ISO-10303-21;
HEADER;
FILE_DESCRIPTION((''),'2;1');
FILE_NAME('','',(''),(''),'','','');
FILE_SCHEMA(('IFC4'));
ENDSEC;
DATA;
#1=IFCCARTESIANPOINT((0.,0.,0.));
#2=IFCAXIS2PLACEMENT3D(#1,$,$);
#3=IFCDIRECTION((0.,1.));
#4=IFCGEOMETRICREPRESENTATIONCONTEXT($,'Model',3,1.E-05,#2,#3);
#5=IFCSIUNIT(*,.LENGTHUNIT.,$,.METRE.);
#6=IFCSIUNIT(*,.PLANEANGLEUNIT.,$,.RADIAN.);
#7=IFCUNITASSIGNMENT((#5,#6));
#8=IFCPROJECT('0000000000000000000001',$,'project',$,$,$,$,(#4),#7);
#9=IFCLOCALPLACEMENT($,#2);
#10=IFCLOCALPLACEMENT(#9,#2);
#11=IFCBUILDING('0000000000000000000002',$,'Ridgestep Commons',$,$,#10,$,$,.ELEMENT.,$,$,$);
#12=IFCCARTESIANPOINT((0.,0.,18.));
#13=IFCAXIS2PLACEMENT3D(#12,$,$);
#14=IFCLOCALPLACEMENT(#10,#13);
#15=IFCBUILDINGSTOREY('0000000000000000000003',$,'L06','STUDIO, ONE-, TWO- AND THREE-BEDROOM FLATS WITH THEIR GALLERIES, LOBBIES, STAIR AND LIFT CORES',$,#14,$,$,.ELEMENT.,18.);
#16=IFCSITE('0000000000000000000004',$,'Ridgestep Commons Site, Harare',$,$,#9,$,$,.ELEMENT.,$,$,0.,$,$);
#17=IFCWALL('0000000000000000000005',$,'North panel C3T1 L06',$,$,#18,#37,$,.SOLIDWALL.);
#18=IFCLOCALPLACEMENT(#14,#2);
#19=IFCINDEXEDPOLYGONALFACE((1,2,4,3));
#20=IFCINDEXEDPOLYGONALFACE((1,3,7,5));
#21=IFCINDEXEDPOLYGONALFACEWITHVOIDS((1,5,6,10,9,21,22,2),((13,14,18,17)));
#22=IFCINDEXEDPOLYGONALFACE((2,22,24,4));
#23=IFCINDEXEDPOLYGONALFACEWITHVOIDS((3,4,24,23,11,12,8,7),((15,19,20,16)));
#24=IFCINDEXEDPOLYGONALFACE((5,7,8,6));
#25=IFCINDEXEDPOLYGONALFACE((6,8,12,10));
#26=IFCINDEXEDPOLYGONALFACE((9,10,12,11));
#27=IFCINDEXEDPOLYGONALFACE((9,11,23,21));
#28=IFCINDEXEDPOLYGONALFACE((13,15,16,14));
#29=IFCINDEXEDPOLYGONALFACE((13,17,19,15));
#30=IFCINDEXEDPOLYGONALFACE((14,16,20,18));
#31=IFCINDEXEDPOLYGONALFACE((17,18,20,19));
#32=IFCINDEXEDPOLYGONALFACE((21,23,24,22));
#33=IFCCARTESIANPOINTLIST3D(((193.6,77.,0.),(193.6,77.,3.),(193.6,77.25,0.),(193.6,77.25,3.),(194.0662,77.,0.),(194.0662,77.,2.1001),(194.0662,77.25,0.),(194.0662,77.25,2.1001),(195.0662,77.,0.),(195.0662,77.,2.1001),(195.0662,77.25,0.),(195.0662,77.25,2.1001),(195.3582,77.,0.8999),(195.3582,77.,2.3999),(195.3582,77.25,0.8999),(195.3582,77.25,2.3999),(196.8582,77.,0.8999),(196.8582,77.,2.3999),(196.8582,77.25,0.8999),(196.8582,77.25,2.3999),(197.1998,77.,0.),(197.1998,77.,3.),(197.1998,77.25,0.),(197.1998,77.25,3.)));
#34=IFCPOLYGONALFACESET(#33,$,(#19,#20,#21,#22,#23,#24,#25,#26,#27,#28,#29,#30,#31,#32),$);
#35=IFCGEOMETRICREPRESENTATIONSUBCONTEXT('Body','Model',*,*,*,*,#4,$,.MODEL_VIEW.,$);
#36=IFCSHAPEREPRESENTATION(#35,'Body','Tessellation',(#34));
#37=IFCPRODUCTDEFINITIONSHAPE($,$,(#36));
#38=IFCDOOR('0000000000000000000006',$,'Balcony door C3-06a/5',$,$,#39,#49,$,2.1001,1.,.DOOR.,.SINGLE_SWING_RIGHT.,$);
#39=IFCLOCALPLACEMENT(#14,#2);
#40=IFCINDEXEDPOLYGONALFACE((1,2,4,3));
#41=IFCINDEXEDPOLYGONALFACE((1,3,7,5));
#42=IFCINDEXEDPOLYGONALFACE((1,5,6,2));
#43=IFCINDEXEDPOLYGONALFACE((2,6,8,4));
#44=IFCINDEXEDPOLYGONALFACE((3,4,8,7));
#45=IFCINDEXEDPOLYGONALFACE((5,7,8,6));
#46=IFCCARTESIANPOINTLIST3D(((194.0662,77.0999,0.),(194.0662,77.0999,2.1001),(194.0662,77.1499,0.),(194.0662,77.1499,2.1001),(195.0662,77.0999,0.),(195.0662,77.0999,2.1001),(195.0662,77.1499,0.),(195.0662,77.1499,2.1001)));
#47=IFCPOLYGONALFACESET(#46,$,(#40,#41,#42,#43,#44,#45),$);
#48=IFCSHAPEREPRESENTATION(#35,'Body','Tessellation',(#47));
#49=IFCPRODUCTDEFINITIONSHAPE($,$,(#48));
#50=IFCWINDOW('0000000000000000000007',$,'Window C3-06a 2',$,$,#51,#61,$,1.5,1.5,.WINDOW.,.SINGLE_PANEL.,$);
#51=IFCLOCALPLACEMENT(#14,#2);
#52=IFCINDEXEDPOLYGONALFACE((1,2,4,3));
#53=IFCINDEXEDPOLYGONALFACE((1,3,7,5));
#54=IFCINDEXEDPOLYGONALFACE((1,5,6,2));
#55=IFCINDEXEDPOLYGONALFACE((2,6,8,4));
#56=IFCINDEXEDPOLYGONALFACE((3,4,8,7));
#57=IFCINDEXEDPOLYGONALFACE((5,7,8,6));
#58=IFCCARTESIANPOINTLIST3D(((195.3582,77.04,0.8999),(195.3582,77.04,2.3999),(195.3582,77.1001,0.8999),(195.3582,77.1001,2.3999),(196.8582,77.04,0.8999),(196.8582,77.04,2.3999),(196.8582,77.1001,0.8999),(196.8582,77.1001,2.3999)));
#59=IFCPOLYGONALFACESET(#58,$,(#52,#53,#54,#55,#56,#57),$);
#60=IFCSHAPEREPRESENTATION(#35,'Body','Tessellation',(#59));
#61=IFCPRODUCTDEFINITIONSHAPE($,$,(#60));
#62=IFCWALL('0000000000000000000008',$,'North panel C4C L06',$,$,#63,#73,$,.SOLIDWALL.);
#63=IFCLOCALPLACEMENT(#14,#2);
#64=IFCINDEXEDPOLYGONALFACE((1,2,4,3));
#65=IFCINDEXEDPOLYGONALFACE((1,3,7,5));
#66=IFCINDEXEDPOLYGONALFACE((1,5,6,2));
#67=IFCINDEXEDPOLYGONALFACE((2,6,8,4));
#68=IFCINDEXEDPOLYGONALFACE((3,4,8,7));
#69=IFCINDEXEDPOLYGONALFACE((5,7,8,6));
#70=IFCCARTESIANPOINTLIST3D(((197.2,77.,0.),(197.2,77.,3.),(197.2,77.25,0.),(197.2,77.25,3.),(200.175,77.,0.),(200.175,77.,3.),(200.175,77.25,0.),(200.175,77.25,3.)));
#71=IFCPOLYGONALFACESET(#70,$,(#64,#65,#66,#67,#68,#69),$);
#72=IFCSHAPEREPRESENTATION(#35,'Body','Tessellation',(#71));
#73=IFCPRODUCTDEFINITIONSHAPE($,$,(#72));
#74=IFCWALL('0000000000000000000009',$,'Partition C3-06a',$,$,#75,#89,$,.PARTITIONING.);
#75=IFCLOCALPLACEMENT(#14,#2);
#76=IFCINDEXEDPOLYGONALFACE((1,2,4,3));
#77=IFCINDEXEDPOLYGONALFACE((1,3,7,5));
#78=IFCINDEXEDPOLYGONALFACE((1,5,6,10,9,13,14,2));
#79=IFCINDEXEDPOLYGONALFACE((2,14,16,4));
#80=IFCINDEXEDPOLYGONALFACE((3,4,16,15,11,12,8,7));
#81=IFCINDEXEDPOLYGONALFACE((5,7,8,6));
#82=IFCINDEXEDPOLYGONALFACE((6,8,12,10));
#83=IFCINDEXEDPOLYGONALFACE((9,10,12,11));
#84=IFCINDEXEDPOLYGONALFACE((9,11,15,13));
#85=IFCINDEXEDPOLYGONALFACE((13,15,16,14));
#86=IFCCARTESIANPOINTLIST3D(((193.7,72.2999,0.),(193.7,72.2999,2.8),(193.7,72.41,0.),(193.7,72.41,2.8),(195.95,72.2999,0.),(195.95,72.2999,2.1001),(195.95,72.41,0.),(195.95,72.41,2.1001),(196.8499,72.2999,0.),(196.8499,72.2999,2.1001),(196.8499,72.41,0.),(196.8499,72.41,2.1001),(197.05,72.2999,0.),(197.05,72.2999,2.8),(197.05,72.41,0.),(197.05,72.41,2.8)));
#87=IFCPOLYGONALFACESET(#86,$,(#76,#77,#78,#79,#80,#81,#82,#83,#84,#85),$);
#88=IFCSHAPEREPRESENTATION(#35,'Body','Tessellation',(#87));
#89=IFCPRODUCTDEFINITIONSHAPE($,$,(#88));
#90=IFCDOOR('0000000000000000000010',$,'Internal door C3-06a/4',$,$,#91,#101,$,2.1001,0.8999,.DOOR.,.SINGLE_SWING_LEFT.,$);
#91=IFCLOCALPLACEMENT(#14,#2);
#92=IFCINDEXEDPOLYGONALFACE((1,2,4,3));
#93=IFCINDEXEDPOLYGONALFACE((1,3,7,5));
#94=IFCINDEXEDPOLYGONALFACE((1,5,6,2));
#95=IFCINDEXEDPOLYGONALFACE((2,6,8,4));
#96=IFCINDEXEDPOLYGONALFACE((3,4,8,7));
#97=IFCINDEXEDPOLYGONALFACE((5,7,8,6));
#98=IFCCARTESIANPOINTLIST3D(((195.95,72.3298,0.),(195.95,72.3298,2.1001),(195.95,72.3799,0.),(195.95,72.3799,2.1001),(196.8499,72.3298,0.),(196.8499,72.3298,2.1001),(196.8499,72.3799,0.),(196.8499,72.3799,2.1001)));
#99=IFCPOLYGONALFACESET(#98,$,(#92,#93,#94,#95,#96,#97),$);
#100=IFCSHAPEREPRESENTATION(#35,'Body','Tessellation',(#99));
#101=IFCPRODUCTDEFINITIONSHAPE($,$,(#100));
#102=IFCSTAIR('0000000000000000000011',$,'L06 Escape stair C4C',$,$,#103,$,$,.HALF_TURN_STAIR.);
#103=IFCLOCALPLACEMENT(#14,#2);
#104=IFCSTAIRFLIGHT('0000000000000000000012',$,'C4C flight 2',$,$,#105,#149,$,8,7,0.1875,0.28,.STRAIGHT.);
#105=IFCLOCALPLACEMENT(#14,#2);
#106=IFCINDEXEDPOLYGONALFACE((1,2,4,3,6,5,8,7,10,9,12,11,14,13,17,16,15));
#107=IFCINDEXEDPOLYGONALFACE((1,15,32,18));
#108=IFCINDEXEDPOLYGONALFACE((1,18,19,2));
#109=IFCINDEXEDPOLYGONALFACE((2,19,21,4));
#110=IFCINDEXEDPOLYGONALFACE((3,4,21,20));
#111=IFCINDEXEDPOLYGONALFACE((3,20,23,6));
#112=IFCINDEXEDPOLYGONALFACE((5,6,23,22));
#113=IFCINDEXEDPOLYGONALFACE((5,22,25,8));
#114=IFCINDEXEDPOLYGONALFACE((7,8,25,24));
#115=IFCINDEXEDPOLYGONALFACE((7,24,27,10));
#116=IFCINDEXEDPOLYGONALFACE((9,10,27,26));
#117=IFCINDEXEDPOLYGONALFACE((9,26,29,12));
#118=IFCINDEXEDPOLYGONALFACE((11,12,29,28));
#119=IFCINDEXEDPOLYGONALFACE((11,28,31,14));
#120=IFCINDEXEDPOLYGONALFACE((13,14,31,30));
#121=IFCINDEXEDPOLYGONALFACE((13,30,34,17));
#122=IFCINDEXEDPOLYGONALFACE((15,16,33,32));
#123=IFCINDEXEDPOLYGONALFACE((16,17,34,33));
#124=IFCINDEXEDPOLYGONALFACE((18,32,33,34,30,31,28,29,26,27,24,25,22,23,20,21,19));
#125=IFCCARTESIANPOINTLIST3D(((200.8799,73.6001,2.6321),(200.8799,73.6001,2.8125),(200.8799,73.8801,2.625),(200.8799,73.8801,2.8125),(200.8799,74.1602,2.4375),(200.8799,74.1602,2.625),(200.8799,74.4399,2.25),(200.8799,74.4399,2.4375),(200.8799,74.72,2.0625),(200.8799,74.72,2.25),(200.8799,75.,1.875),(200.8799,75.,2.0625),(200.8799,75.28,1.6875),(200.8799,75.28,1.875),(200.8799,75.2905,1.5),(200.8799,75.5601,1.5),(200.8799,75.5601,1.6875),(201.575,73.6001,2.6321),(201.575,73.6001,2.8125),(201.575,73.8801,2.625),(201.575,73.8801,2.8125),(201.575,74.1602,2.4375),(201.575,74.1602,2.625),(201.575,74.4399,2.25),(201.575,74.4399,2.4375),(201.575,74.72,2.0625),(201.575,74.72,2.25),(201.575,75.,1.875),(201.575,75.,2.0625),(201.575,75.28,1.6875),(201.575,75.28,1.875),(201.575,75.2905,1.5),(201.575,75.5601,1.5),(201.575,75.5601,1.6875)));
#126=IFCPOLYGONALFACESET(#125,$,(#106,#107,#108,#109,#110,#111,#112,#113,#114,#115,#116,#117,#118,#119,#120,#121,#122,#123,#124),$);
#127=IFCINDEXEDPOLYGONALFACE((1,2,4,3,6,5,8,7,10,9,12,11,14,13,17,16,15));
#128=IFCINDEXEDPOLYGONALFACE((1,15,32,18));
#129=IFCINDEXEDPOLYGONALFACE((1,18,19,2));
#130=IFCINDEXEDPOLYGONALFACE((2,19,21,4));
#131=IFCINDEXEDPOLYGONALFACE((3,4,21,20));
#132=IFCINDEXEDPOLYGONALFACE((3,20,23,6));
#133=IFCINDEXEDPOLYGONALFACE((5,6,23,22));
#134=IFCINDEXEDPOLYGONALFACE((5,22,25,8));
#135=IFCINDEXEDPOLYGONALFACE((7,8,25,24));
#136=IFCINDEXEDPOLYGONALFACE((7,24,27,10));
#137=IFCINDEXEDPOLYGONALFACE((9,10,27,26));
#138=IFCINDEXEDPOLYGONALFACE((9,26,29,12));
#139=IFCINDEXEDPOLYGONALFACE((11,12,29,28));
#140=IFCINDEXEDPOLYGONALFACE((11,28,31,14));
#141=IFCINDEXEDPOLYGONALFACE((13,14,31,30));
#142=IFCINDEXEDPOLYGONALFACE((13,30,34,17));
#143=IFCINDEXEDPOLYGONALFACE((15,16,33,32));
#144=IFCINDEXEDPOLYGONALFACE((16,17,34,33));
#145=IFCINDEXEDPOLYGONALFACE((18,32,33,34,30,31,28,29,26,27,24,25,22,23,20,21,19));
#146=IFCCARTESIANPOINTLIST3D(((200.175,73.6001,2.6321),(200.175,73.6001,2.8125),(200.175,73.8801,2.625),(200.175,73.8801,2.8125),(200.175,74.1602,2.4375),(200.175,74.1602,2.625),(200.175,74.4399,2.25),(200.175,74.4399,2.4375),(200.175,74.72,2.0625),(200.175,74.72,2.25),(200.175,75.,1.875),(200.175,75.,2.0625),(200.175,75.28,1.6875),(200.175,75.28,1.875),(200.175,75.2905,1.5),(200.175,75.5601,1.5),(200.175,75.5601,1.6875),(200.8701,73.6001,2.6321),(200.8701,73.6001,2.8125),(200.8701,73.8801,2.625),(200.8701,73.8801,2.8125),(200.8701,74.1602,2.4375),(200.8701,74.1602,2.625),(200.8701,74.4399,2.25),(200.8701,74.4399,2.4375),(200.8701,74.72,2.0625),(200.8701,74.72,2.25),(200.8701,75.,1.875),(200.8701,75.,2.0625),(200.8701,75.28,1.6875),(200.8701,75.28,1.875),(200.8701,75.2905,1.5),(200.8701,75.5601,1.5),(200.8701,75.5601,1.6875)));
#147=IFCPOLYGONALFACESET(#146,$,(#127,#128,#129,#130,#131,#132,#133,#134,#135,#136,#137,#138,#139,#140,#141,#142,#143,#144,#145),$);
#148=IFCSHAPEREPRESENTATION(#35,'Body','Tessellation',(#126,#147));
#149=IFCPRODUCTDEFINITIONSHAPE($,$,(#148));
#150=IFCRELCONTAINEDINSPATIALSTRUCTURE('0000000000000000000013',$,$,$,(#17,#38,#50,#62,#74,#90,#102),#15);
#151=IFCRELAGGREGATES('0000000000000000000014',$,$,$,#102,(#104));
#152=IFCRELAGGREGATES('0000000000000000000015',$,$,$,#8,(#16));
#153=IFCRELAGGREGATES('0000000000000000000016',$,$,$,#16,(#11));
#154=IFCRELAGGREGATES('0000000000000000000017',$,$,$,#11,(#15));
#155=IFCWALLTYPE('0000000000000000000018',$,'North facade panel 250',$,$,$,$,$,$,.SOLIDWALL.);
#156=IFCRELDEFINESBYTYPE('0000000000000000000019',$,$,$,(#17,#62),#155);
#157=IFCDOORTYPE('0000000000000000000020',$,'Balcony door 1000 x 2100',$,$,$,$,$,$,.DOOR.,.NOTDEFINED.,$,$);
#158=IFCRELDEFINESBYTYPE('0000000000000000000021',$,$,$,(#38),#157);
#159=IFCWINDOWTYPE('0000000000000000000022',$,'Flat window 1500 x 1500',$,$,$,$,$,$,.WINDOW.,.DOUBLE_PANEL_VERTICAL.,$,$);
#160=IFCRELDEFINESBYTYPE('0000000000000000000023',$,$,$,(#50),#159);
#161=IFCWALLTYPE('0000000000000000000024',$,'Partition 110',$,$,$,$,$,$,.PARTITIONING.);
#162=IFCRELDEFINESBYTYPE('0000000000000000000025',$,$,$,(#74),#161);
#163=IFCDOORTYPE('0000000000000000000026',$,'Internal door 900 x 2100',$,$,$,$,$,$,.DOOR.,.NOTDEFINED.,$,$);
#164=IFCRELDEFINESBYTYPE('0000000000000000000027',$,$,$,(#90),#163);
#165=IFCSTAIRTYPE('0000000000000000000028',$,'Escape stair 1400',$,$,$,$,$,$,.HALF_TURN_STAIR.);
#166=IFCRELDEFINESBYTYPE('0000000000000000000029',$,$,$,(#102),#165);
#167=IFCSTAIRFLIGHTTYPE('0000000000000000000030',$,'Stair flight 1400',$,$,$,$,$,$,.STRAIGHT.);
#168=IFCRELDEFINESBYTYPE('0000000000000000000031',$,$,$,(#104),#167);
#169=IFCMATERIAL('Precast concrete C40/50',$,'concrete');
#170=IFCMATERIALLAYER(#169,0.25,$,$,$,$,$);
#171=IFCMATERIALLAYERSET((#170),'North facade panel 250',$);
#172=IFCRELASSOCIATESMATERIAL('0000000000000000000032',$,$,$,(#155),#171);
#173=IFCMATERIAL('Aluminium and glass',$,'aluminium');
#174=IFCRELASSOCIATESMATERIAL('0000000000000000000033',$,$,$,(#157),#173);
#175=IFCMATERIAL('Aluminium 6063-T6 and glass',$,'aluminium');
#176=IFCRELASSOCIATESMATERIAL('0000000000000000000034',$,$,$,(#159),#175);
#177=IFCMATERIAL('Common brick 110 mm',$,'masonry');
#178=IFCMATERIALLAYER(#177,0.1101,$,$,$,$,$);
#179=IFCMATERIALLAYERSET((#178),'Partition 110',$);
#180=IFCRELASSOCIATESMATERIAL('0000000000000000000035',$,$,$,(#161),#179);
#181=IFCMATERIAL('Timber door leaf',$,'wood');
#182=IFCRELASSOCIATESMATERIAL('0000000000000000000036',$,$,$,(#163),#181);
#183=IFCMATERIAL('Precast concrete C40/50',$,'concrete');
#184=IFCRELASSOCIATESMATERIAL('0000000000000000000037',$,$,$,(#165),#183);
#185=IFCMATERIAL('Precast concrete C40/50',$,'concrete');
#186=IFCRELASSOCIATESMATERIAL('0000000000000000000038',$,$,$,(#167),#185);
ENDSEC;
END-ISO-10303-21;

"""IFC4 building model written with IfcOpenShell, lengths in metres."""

from ifc_helpers import new_model, si_unit, direction, frame, frame_2d, origin, place, context, subcontext, project, spatial, polyline, rectangle, outline, extrude, material, layer, layer_set, type_object, element, fill, aggregate, save


model = new_model("IFC4")

# Units and contexts
model_context = context("Model", 3, precision=1e-05, world=origin(), true_north=direction((0.0, 1.0)))
body_context = subcontext(model_context, "Body", "Model", "MODEL_VIEW")
ifc_project = project(units=[si_unit("LENGTHUNIT", "METRE"), si_unit("PLANEANGLEUNIT", "RADIAN")], contexts=[model_context])

# Site, building, storey
site_placement = place(None, origin())
site = spatial("IfcSite", under=ifc_project, at=site_placement, Name="Ridgestep Commons Site, Harare", CompositionType="ELEMENT", RefElevation=0.0)
building_placement = place(site_placement, origin())
building = spatial("IfcBuilding", under=site, at=building_placement, Name="Ridgestep Commons", CompositionType="ELEMENT")
storey_placement = place(building_placement, frame((0.0, 0.0, 18.0)))
storey = spatial("IfcBuildingStorey", under=building, at=storey_placement, Name="L06", Description="STUDIO, ONE-, TWO- AND THREE-BEDROOM FLATS WITH THEIR GALLERIES, LOBBIES, STAIR AND LIFT CORES", CompositionType="ELEMENT", Elevation=18.0)

# Wall, openings, door, window
ifc_material_1 = material(Name="Precast concrete C40/50", Category="concrete")
ifc_layer_1 = layer(ifc_material_1, 0.25)
ifc_layer_set_1 = layer_set([ifc_layer_1], Name="North facade panel 250")
wall_type_1 = type_object("IfcWallType", Name="North facade panel 250", PredefinedType="SOLIDWALL", material=ifc_layer_set_1)
wall_1_placement = place(storey_placement, frame((193.6001, 77.125, 0.0), z_axis=(0.0, 0.0, 1.0), x_axis=(1.0, 0.0, 0.0)))
wall_1 = element("IfcWall", 1, at=wall_1_placement, inside=storey, type_object=wall_type_1, Name="North panel C3T1 L06", PredefinedType="SOLIDWALL", context=body_context, shape_type="SweptSolid", body=[
    extrude(rectangle(XDim=3.5999, YDim=0.25, at=frame_2d((1.7998, 0.0))), origin(), (0.0, 0.0, 1.0), 3.0),
])
opening_1_placement = place(wall_1_placement, frame((1.7581, 0.0, 0.8999)))
opening_1 = element("IfcOpeningElement", 2, at=opening_1_placement, cuts=wall_1, PredefinedType="OPENING", context=body_context, shape_type="SweptSolid", body=[
    extrude(rectangle(XDim=1.5, YDim=1.5, at=frame_2d((0.75, 0.75))), frame((0.0, 0.135, 0.0), z_axis=(0.0, -1.0, 0.0), x_axis=(1.0, 0.0, 0.0)), (0.0, 0.0, 1.0), 0.27),
])
opening_2_placement = place(wall_1_placement, frame((0.4661, 0.0, 0.0)))
opening_2 = element("IfcOpeningElement", 3, at=opening_2_placement, cuts=wall_1, PredefinedType="OPENING", context=body_context, shape_type="SweptSolid", body=[
    extrude(rectangle(XDim=1.0, YDim=2.1001, at=frame_2d((0.5, 1.05))), frame((0.0, 0.135, 0.0), z_axis=(0.0, -1.0, 0.0), x_axis=(1.0, 0.0, 0.0)), (0.0, 0.0, 1.0), 0.27),
])
ifc_material_2 = material(Name="Aluminium and glass", Category="aluminium")
door_type_1 = type_object("IfcDoorType", Name="Balcony door 1000 x 2100", OperationType="NOTDEFINED", PredefinedType="DOOR", material=ifc_material_2)
door_1_placement = place(opening_2_placement, origin())
door_1 = element("IfcDoor", 4, at=door_1_placement, inside=storey, type_object=door_type_1, Name="Balcony door C3-06a/5", OperationType="SINGLE_SWING_RIGHT", OverallHeight=2.1001, OverallWidth=1.0, PredefinedType="DOOR", context=body_context, shape_type="SweptSolid", body=[
    extrude(rectangle(XDim=1.0, YDim=2.1001, at=frame_2d((0.5, 1.05))), frame((0.0, 0.0249, 0.0), z_axis=(0.0, -1.0, 0.0), x_axis=(1.0, 0.0, 0.0)), (0.0, 0.0, 1.0), 0.05),
])
fill(opening_2, door_1)
ifc_material_3 = material(Name="Aluminium 6063-T6 and glass", Category="aluminium")
window_type = type_object("IfcWindowType", Name="Flat window 1500 x 1500", PartitioningType="DOUBLE_PANEL_VERTICAL", PredefinedType="WINDOW", material=ifc_material_3)
window_placement = place(opening_1_placement, origin())
window = element("IfcWindow", 5, at=window_placement, inside=storey, type_object=window_type, Name="Window C3-06a 2", OverallHeight=1.5, OverallWidth=1.5, PartitioningType="SINGLE_PANEL", PredefinedType="WINDOW", context=body_context, shape_type="SweptSolid", body=[
    extrude(rectangle(XDim=1.5, YDim=1.5, at=frame_2d((0.75, 0.75))), frame((0.0, -0.0249, 0.0), z_axis=(0.0, -1.0, 0.0), x_axis=(1.0, 0.0, 0.0)), (0.0, 0.0, 1.0), 0.0601),
])
fill(opening_1, window)

# Wall
wall_2_placement = place(storey_placement, frame((197.2, 77.125, 0.0), z_axis=(0.0, 0.0, 1.0), x_axis=(1.0, 0.0, 0.0)))
element("IfcWall", 6, at=wall_2_placement, inside=storey, type_object=wall_type_1, Name="North panel C4C L06", PredefinedType="SOLIDWALL", context=body_context, shape_type="SweptSolid", body=[
    extrude(rectangle(XDim=2.9751, YDim=0.25, at=frame_2d((1.4875, 0.0))), origin(), (0.0, 0.0, 1.0), 3.0),
])

# Wall, opening, door
ifc_material_4 = material(Name="Common brick 110 mm", Category="masonry")
ifc_layer_2 = layer(ifc_material_4, 0.1101)
ifc_layer_set_2 = layer_set([ifc_layer_2], Name="Partition 110")
wall_type_2 = type_object("IfcWallType", Name="Partition 110", PredefinedType="PARTITIONING", material=ifc_layer_set_2)
wall_3_placement = place(storey_placement, frame((193.7, 72.355, 0.0), z_axis=(0.0, 0.0, 1.0), x_axis=(1.0, 0.0, 0.0)))
wall_3 = element("IfcWall", 7, at=wall_3_placement, inside=storey, type_object=wall_type_2, Name="Partition C3-06a", PredefinedType="PARTITIONING", context=body_context, shape_type="SweptSolid", body=[
    extrude(rectangle(XDim=3.3501, YDim=0.1101, at=frame_2d((1.675, 0.0))), origin(), (0.0, 0.0, 1.0), 2.8),
])
opening_3_placement = place(wall_3_placement, frame((2.25, 0.0, 0.0)))
opening_3 = element("IfcOpeningElement", 8, at=opening_3_placement, cuts=wall_3, PredefinedType="OPENING", context=body_context, shape_type="SweptSolid", body=[
    extrude(rectangle(XDim=0.8999, YDim=2.1001, at=frame_2d((0.45, 1.05))), frame((0.0, 0.0649, 0.0), z_axis=(0.0, -1.0, 0.0), x_axis=(1.0, 0.0, 0.0)), (0.0, 0.0, 1.0), 0.1301),
])
ifc_material_5 = material(Name="Timber door leaf", Category="wood")
door_type_2 = type_object("IfcDoorType", Name="Internal door 900 x 2100", OperationType="NOTDEFINED", PredefinedType="DOOR", material=ifc_material_5)
door_2_placement = place(opening_3_placement, origin())
door_2 = element("IfcDoor", 9, at=door_2_placement, inside=storey, type_object=door_type_2, Name="Internal door C3-06a/4", OperationType="SINGLE_SWING_LEFT", OverallHeight=2.1001, OverallWidth=0.8999, PredefinedType="DOOR", context=body_context, shape_type="SweptSolid", body=[
    extrude(rectangle(XDim=0.8999, YDim=2.1001, at=frame_2d((0.45, 1.05))), frame((0.0, 0.0249, 0.0), z_axis=(0.0, -1.0, 0.0), x_axis=(1.0, 0.0, 0.0)), (0.0, 0.0, 1.0), 0.05),
])
fill(opening_3, door_2)

# Stair, stair flight
ifc_material_6 = material(Name="Precast concrete C40/50", Category="concrete")
stair_type = type_object("IfcStairType", Name="Escape stair 1400", PredefinedType="HALF_TURN_STAIR", material=ifc_material_6)
stair_placement = place(storey_placement, origin())
stair = element("IfcStair", 10, at=stair_placement, inside=storey, type_object=stair_type, Name="L06 Escape stair C4C", PredefinedType="HALF_TURN_STAIR")
ifc_material_7 = material(Name="Precast concrete C40/50", Category="concrete")
stair_flight_type = type_object("IfcStairFlightType", Name="Stair flight 1400", PredefinedType="STRAIGHT", material=ifc_material_7)
stair_flight_placement = place(storey_placement, frame((200.875, 75.5601, 1.5), z_axis=(0.0, 0.0, 1.0), x_axis=(0.0, -1.0, 0.0)))
stair_flight = element("IfcStairFlight", 11, at=stair_flight_placement, type_object=stair_flight_type, Name="C4C flight 2", NumberOfRisers=8, NumberOfTreads=7, PredefinedType="STRAIGHT", RiserHeight=0.1875, TreadLength=0.28, context=body_context, shape_type="SweptSolid", body=[
    extrude(outline(polyline([(0.0, 0.0), (0.0, 0.1875), (0.28, 0.1875), (0.28, 0.375), (0.5601, 0.375), (0.5601, 0.5625), (0.8401, 0.5625), (0.8401, 0.75), (1.1201, 0.75), (1.1201, 0.9375), (1.3999, 0.9375), (1.3999, 1.125), (1.6799, 1.125), (1.6799, 1.3125), (1.96, 1.3125), (1.96, 1.5), (1.96, 1.1321), (0.2695, 0.0), (0.0, 0.0)])), frame((0.0, 0.7, 0.0), z_axis=(0.0, -1.0, 0.0), x_axis=(1.0, 0.0, 0.0)), (0.0, 0.0, 1.0), 0.6951),
    extrude(outline(polyline([(0.0, 0.0), (0.0, 0.1875), (0.28, 0.1875), (0.28, 0.375), (0.5601, 0.375), (0.5601, 0.5625), (0.8401, 0.5625), (0.8401, 0.75), (1.1201, 0.75), (1.1201, 0.9375), (1.3999, 0.9375), (1.3999, 1.125), (1.6799, 1.125), (1.6799, 1.3125), (1.96, 1.3125), (1.96, 1.5), (1.96, 1.1321), (0.2695, 0.0), (0.0, 0.0)])), frame((0.0, -0.0049, 0.0), z_axis=(0.0, -1.0, 0.0), x_axis=(1.0, 0.0, 0.0)), (0.0, 0.0, 1.0), 0.6951),
])
aggregate(stair, [stair_flight])

save(model, "model.ifc")
